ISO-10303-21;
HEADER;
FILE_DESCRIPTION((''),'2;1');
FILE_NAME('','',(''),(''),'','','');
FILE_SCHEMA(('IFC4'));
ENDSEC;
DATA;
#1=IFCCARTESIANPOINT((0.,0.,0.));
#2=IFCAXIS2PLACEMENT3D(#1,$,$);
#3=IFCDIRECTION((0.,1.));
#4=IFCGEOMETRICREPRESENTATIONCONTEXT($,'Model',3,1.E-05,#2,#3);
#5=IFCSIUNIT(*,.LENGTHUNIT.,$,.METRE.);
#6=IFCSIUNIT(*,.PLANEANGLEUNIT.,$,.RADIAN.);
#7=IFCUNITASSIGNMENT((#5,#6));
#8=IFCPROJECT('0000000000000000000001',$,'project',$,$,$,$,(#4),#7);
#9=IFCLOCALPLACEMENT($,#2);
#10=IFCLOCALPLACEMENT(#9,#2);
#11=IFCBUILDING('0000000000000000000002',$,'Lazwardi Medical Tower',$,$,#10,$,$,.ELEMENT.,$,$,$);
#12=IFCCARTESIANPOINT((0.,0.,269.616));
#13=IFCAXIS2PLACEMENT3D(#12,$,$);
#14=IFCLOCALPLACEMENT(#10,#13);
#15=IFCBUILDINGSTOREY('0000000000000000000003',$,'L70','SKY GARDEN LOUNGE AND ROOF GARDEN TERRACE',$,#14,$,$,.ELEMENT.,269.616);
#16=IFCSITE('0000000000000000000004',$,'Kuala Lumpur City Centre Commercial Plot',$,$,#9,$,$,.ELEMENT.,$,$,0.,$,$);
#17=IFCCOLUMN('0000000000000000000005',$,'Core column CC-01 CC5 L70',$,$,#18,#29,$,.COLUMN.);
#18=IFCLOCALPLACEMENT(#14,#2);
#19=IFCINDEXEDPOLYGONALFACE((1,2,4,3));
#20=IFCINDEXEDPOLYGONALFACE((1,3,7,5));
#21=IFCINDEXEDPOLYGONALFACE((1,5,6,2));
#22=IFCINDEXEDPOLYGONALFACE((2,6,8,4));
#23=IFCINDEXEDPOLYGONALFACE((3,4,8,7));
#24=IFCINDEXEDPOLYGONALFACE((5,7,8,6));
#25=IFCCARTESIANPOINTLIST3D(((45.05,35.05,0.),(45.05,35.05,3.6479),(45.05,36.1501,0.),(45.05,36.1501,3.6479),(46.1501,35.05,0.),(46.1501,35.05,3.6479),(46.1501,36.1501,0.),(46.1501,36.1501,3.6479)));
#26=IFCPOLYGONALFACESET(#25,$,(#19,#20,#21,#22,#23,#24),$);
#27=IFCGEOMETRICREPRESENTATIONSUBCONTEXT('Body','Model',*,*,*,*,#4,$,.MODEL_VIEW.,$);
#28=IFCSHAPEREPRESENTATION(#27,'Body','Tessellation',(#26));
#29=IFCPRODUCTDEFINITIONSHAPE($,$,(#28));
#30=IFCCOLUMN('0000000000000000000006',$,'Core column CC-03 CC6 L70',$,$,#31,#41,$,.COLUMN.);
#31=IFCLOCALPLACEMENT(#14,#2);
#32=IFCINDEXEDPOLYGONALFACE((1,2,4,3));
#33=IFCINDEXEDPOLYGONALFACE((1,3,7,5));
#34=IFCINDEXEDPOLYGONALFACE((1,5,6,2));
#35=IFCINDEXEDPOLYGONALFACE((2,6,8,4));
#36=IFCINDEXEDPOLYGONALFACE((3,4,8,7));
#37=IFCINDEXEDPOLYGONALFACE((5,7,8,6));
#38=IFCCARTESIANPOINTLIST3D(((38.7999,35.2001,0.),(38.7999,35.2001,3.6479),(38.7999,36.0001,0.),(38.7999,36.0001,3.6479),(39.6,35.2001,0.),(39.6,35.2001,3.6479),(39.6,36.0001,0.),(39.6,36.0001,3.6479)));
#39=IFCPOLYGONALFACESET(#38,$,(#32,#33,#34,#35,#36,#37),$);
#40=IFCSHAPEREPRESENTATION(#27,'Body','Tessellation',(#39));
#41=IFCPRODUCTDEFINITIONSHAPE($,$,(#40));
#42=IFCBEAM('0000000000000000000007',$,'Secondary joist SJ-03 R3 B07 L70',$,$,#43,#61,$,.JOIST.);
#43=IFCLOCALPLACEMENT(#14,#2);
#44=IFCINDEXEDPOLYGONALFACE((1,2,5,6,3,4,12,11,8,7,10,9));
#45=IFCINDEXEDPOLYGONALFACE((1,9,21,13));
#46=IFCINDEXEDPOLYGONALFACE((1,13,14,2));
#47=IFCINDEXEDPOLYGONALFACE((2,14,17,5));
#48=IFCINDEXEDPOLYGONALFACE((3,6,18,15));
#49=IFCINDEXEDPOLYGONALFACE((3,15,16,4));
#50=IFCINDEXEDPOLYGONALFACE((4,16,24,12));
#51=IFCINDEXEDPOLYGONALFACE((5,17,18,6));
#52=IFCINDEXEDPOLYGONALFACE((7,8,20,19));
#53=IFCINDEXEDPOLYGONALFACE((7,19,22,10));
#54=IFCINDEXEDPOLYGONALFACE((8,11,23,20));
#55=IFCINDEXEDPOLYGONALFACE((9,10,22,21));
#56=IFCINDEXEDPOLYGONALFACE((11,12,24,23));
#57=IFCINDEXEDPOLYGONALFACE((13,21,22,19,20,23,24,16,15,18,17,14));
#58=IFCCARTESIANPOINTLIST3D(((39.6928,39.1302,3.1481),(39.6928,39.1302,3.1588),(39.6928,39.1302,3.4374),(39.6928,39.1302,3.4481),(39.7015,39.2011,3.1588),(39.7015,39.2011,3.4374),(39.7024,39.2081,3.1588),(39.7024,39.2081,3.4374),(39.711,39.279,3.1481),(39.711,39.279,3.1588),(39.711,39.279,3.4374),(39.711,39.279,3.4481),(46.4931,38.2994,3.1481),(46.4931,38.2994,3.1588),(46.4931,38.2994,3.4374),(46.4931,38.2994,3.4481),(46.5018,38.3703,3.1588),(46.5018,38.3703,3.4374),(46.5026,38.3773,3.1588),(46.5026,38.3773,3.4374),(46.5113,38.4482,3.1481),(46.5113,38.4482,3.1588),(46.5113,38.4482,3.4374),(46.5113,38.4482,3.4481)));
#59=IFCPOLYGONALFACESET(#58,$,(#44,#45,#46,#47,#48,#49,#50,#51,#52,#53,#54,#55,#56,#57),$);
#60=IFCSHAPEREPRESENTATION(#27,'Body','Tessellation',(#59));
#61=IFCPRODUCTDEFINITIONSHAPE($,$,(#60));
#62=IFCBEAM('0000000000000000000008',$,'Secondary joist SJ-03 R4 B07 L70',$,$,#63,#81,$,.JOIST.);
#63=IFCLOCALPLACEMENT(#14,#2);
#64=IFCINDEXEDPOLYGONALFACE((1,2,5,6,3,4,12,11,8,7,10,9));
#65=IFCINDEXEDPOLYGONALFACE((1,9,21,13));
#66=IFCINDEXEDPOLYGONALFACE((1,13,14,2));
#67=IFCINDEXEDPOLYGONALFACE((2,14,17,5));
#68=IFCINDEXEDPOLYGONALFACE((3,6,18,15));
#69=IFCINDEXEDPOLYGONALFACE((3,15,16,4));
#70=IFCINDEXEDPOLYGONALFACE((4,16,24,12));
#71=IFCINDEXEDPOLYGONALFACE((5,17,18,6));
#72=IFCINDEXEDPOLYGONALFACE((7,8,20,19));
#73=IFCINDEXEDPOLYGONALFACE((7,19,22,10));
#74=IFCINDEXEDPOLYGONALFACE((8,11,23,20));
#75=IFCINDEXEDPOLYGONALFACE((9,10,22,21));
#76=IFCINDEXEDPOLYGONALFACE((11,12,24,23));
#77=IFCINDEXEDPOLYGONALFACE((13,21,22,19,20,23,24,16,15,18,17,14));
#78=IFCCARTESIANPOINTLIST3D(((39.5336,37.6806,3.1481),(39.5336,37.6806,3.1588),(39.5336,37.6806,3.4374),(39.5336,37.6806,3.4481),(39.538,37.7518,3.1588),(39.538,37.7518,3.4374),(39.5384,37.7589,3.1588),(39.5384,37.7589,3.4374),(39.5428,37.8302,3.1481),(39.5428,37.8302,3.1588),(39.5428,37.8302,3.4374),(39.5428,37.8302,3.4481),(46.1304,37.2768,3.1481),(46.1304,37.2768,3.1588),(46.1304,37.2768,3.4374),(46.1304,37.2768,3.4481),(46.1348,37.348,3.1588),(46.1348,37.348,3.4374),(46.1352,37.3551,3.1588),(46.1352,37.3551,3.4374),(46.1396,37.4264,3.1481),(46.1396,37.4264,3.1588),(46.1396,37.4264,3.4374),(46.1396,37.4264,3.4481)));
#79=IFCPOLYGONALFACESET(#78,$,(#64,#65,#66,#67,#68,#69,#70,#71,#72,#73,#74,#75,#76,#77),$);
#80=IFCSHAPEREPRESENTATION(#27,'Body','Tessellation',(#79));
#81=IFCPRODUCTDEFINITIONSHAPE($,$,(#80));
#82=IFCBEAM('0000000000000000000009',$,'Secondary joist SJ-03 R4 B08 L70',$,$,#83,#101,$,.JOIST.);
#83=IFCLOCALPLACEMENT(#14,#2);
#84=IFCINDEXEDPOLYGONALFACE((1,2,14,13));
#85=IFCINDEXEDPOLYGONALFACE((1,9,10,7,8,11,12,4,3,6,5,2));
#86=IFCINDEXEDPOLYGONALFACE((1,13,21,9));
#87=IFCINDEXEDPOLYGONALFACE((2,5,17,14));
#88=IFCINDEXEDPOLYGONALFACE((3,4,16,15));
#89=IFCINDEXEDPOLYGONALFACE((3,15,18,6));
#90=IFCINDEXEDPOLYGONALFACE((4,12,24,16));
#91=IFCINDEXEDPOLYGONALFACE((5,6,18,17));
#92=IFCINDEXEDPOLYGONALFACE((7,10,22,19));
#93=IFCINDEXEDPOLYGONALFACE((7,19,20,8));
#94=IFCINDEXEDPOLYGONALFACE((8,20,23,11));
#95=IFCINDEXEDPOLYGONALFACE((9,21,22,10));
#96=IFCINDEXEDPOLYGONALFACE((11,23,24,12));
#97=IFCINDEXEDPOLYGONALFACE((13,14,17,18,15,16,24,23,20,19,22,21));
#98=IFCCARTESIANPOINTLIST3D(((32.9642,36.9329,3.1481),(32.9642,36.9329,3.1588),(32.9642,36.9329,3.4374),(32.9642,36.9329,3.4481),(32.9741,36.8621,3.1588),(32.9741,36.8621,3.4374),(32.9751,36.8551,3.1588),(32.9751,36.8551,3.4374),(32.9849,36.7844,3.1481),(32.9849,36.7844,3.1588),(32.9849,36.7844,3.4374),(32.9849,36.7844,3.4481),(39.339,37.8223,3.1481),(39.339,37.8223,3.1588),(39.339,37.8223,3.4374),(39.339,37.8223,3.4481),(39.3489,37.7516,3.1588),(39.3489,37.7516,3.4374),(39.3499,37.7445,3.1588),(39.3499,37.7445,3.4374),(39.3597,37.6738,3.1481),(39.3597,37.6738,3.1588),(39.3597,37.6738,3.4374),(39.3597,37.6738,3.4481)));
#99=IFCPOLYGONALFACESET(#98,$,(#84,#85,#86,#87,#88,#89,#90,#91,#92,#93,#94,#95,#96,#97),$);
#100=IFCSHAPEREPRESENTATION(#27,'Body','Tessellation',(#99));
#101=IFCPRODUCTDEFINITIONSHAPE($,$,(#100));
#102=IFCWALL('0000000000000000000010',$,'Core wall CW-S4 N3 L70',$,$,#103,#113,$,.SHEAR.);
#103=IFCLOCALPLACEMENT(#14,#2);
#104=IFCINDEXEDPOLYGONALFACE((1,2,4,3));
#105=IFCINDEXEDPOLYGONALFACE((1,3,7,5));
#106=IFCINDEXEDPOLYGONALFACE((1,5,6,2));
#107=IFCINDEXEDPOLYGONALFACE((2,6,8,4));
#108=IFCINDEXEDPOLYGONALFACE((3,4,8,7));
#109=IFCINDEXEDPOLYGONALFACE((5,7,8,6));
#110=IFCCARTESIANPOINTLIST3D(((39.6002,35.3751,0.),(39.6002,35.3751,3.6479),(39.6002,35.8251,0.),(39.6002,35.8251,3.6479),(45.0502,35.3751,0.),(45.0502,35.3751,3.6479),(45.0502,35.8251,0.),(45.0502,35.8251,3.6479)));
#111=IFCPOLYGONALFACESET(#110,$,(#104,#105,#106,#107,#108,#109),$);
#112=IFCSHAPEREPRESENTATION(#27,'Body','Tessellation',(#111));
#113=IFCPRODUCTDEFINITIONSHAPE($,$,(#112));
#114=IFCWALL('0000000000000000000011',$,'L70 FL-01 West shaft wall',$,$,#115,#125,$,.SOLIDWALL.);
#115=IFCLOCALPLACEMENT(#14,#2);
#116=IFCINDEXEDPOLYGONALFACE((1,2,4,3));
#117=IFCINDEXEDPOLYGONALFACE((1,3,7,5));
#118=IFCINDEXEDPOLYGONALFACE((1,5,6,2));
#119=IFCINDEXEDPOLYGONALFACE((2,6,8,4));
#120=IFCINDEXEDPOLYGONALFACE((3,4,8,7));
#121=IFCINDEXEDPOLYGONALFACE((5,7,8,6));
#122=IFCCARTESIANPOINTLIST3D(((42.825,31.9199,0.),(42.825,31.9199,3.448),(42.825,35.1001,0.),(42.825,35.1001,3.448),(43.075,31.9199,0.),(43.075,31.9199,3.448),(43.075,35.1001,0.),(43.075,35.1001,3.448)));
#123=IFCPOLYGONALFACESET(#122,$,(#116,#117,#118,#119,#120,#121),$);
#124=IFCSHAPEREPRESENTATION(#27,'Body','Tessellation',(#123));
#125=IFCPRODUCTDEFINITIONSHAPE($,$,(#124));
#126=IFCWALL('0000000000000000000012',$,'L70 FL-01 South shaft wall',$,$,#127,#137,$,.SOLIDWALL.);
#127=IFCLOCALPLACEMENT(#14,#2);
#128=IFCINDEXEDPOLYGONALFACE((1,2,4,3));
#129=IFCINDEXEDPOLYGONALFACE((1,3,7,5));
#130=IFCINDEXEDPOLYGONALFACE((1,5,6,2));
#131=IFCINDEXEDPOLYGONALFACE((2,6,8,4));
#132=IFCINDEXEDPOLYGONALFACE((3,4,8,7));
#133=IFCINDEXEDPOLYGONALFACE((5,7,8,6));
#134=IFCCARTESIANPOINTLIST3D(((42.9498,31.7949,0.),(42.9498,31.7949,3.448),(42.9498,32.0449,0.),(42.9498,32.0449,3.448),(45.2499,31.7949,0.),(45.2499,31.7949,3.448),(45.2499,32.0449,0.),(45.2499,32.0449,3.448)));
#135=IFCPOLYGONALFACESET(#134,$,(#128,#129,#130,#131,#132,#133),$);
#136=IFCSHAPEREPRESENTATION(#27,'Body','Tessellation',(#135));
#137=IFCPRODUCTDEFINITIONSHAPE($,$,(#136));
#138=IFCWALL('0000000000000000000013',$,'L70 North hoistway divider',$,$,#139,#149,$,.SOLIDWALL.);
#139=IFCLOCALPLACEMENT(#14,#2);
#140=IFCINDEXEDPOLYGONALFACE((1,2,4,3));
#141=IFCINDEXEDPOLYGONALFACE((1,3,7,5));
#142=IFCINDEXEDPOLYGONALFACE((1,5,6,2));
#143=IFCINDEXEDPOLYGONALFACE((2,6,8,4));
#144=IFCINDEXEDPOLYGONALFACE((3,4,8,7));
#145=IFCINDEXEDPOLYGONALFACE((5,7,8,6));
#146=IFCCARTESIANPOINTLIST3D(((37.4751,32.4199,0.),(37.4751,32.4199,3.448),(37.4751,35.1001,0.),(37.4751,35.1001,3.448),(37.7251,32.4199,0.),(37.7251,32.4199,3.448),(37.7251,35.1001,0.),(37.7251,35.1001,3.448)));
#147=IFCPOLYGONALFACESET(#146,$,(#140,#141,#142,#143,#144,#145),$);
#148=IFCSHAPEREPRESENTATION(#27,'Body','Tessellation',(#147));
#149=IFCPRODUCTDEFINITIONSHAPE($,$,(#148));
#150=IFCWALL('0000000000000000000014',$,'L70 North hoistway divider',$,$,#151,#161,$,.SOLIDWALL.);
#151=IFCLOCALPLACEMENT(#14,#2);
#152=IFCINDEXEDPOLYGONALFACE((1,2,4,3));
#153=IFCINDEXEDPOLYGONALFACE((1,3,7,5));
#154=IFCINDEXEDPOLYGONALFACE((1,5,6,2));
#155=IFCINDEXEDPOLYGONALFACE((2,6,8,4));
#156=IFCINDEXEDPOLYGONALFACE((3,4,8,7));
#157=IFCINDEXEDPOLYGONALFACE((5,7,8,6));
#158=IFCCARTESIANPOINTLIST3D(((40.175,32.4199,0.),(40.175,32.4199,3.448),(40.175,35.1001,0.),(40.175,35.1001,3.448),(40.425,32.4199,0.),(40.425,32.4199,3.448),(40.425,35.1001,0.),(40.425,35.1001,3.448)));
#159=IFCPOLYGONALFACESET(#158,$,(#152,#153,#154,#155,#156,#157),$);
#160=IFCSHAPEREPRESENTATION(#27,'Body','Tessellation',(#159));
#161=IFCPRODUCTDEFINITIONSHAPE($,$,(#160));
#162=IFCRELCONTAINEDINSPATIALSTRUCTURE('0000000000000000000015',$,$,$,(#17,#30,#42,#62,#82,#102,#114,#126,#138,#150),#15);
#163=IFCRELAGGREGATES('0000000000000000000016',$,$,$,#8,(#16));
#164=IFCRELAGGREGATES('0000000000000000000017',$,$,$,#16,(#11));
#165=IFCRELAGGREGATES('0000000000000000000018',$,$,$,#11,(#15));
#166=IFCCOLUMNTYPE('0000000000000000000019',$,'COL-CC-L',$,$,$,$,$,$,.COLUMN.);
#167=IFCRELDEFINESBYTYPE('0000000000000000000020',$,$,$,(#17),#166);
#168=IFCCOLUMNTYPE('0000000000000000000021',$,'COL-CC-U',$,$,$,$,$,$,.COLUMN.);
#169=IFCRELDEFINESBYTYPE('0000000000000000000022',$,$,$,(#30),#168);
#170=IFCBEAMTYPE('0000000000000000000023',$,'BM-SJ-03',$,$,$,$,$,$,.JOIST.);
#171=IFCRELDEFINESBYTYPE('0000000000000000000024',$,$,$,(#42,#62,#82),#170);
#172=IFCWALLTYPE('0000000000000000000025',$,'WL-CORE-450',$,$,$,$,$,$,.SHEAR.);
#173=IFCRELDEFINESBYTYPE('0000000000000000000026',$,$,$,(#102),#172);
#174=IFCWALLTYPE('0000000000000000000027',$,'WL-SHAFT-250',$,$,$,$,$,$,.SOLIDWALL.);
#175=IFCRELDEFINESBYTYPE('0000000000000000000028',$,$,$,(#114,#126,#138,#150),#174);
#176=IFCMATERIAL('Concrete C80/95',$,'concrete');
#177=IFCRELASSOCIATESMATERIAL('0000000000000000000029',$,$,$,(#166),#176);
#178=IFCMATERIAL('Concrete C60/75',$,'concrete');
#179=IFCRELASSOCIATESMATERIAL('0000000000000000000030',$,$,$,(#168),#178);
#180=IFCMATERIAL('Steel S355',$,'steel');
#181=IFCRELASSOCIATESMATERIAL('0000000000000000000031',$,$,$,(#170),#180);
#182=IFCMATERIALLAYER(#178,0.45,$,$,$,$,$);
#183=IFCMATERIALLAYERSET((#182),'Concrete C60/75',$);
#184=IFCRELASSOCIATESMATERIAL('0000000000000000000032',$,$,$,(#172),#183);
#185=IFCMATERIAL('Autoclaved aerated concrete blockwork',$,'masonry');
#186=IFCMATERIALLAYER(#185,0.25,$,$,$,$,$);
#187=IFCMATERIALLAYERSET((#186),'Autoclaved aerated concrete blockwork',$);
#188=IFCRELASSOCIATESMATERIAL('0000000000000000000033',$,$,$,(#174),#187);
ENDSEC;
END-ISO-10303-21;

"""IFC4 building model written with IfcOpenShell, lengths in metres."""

from ifc_helpers import new_model, si_unit, direction, frame, frame_2d, origin, origin_2d, place, context, subcontext, project, spatial, rectangle, i_section, extrude, material, layer, layer_set, material_profile, profile_set, type_object, element, save


model = new_model("IFC4")

# Units and contexts
model_context = context("Model", 3, precision=1e-05, world=origin(), true_north=direction((0.0, 1.0)))
body_context = subcontext(model_context, "Body", "Model", "MODEL_VIEW")
ifc_project = project(units=[si_unit("LENGTHUNIT", "METRE"), si_unit("PLANEANGLEUNIT", "RADIAN")], contexts=[model_context])

# Site, building, storey
site_placement = place(None, origin())
site = spatial("IfcSite", under=ifc_project, at=site_placement, Name="Kuala Lumpur City Centre Commercial Plot", CompositionType="ELEMENT", RefElevation=0.0)
building_placement = place(site_placement, origin())
building = spatial("IfcBuilding", under=site, at=building_placement, Name="Lazwardi Medical Tower", CompositionType="ELEMENT")
storey_placement = place(building_placement, frame((0.0, 0.0, 269.616)))
storey = spatial("IfcBuildingStorey", under=building, at=storey_placement, Name="L70", Description="SKY GARDEN LOUNGE AND ROOF GARDEN TERRACE", CompositionType="ELEMENT", Elevation=269.616)

# Columns
ifc_material_1 = material(Name="Concrete C80/95", Category="concrete")
ifc_material_profile_1 = material_profile(ifc_material_1, rectangle(XDim=1.1001, YDim=1.1001, at=origin_2d()), Name="RC 1100x1100")
ifc_profile_set_1 = profile_set([ifc_material_profile_1], Name="Concrete C80/95")
column_type_1 = type_object("IfcColumnType", Name="COL-CC-L", PredefinedType="COLUMN", material=ifc_profile_set_1)
column_1_placement = place(storey_placement, frame((45.6001, 35.6001, 0.0), z_axis=(0.0, 0.0, 1.0), x_axis=(1.0, 0.0, 0.0)))
element("IfcColumn", 1, at=column_1_placement, inside=storey, type_object=column_type_1, Name="Core column CC-01 CC5 L70", PredefinedType="COLUMN", context=body_context, shape_type="SweptSolid", body=[
    extrude(rectangle(XDim=1.1001, YDim=1.1001, at=origin_2d()), origin(), (0.0, 0.0, 1.0), 3.6479),
])
ifc_material_2 = material(Name="Concrete C60/75", Category="concrete")
ifc_material_profile_2 = material_profile(ifc_material_2, rectangle(XDim=0.8, YDim=0.8, at=origin_2d()), Name="RC 800x800")
ifc_profile_set_2 = profile_set([ifc_material_profile_2], Name="Concrete C60/75")
column_type_2 = type_object("IfcColumnType", Name="COL-CC-U", PredefinedType="COLUMN", material=ifc_profile_set_2)
column_2_placement = place(storey_placement, frame((39.2, 35.6001, 0.0), z_axis=(0.0, 0.0, 1.0), x_axis=(1.0, 0.0, 0.0)))
element("IfcColumn", 2, at=column_2_placement, inside=storey, type_object=column_type_2, Name="Core column CC-03 CC6 L70", PredefinedType="COLUMN", context=body_context, shape_type="SweptSolid", body=[
    extrude(rectangle(XDim=0.8, YDim=0.8, at=origin_2d()), origin(), (0.0, 0.0, 1.0), 3.6479),
])

# Beams
ifc_material_3 = material(Name="Steel S355", Category="steel")
ifc_material_profile_3 = material_profile(ifc_material_3, i_section(OverallWidth=0.1499, OverallDepth=0.3, WebThickness=0.0071, FlangeThickness=0.0107, at=origin_2d()), Name="IPE 300")
ifc_profile_set_3 = profile_set([ifc_material_profile_3], Name="Steel S355")
beam_type = type_object("IfcBeamType", Name="BM-SJ-03", PredefinedType="JOIST", material=ifc_profile_set_3)
beam_1_placement = place(storey_placement, frame((46.5022, 38.3738, 3.2981), z_axis=(-0.992619, 0.121271, 0.0), x_axis=(-0.121271, -0.992619, 0.0)))
element("IfcBeam", 3, at=beam_1_placement, inside=storey, type_object=beam_type, Name="Secondary joist SJ-03 R3 B07 L70", PredefinedType="JOIST", context=body_context, shape_type="SweptSolid", body=[
    extrude(i_section(OverallWidth=0.1499, OverallDepth=0.3, WebThickness=0.0071, FlangeThickness=0.0107, at=origin_2d()), origin(), (0.0, 0.0, 1.0), 6.8508),
])
beam_2_placement = place(storey_placement, frame((46.135, 37.3516, 3.2981), z_axis=(-0.998132, 0.0611, 0.0), x_axis=(-0.0611, -0.998132, 0.0)))
element("IfcBeam", 4, at=beam_2_placement, inside=storey, type_object=beam_type, Name="Secondary joist SJ-03 R4 B07 L70", PredefinedType="JOIST", context=body_context, shape_type="SweptSolid", body=[
    extrude(i_section(OverallWidth=0.1499, OverallDepth=0.3, WebThickness=0.0071, FlangeThickness=0.0107, at=origin_2d()), origin(), (0.0, 0.0, 1.0), 6.6091),
])
beam_3_placement = place(storey_placement, frame((39.3494, 37.748, 3.2981), z_axis=(-0.990407, -0.138181, 0.0), x_axis=(0.138181, -0.990407, 0.0)))
element("IfcBeam", 5, at=beam_3_placement, inside=storey, type_object=beam_type, Name="Secondary joist SJ-03 R4 B08 L70", PredefinedType="JOIST", context=body_context, shape_type="SweptSolid", body=[
    extrude(i_section(OverallWidth=0.1499, OverallDepth=0.3, WebThickness=0.0071, FlangeThickness=0.0107, at=origin_2d()), origin(), (0.0, 0.0, 1.0), 6.4365),
])

# Walls
ifc_layer_1 = layer(ifc_material_2, 0.45)
ifc_layer_set_1 = layer_set([ifc_layer_1], Name="Concrete C60/75")
wall_type_1 = type_object("IfcWallType", Name="WL-CORE-450", PredefinedType="SHEAR", material=ifc_layer_set_1)
wall_1_placement = place(storey_placement, frame((39.6001, 35.6001, 0.0), z_axis=(0.0, 0.0, 1.0), x_axis=(1.0, 0.0, 0.0)))
element("IfcWall", 6, at=wall_1_placement, inside=storey, type_object=wall_type_1, Name="Core wall CW-S4 N3 L70", PredefinedType="SHEAR", context=body_context, shape_type="SweptSolid", body=[
    extrude(rectangle(XDim=5.45, YDim=0.45, at=frame_2d((2.7251, 0.0))), origin(), (0.0, 0.0, 1.0), 3.6479),
])
ifc_material_4 = material(Name="Autoclaved aerated concrete blockwork", Category="masonry")
ifc_layer_2 = layer(ifc_material_4, 0.25)
ifc_layer_set_2 = layer_set([ifc_layer_2], Name="Autoclaved aerated concrete blockwork")
wall_type_2 = type_object("IfcWallType", Name="WL-SHAFT-250", PredefinedType="SOLIDWALL", material=ifc_layer_set_2)
wall_2_placement = place(storey_placement, frame((42.95, 31.9199, 0.0), z_axis=(0.0, 0.0, 1.0), x_axis=(0.0, 1.0, 0.0)))
element("IfcWall", 7, at=wall_2_placement, inside=storey, type_object=wall_type_2, Name="L70 FL-01 West shaft wall", PredefinedType="SOLIDWALL", context=body_context, shape_type="SweptSolid", body=[
    extrude(rectangle(XDim=3.1802, YDim=0.25, at=frame_2d((1.5901, 0.0))), origin(), (0.0, 0.0, 1.0), 3.448),
])
wall_3_placement = place(storey_placement, frame((42.95, 31.9199, 0.0), z_axis=(0.0, 0.0, 1.0), x_axis=(1.0, 0.0, 0.0)))
element("IfcWall", 8, at=wall_3_placement, inside=storey, type_object=wall_type_2, Name="L70 FL-01 South shaft wall", PredefinedType="SOLIDWALL", context=body_context, shape_type="SweptSolid", body=[
    extrude(rectangle(XDim=2.3, YDim=0.25, at=frame_2d((1.1499, 0.0))), origin(), (0.0, 0.0, 1.0), 3.448),
])
for number, where, z_axis, x_axis, name in (
    (9, (37.6001, 32.4199, 0.0), (0.0, 0.0, 1.0), (0.0, 1.0, 0.0), "L70 North hoistway divider"),
    (10, (40.3, 32.4199, 0.0), (0.0, 0.0, 1.0), (0.0, 1.0, 0.0), "L70 North hoistway divider"),
):
    element("IfcWall", number, at=place(storey_placement, frame(where, z_axis=z_axis, x_axis=x_axis)), inside=storey, type_object=wall_type_2, Name=name, PredefinedType="SOLIDWALL", context=body_context, shape_type="SweptSolid", body=[
        extrude(rectangle(XDim=2.6802, YDim=0.25, at=frame_2d((1.3401, 0.0))), origin(), (0.0, 0.0, 1.0), 3.448),
    ])

save(model, "model.ifc")
